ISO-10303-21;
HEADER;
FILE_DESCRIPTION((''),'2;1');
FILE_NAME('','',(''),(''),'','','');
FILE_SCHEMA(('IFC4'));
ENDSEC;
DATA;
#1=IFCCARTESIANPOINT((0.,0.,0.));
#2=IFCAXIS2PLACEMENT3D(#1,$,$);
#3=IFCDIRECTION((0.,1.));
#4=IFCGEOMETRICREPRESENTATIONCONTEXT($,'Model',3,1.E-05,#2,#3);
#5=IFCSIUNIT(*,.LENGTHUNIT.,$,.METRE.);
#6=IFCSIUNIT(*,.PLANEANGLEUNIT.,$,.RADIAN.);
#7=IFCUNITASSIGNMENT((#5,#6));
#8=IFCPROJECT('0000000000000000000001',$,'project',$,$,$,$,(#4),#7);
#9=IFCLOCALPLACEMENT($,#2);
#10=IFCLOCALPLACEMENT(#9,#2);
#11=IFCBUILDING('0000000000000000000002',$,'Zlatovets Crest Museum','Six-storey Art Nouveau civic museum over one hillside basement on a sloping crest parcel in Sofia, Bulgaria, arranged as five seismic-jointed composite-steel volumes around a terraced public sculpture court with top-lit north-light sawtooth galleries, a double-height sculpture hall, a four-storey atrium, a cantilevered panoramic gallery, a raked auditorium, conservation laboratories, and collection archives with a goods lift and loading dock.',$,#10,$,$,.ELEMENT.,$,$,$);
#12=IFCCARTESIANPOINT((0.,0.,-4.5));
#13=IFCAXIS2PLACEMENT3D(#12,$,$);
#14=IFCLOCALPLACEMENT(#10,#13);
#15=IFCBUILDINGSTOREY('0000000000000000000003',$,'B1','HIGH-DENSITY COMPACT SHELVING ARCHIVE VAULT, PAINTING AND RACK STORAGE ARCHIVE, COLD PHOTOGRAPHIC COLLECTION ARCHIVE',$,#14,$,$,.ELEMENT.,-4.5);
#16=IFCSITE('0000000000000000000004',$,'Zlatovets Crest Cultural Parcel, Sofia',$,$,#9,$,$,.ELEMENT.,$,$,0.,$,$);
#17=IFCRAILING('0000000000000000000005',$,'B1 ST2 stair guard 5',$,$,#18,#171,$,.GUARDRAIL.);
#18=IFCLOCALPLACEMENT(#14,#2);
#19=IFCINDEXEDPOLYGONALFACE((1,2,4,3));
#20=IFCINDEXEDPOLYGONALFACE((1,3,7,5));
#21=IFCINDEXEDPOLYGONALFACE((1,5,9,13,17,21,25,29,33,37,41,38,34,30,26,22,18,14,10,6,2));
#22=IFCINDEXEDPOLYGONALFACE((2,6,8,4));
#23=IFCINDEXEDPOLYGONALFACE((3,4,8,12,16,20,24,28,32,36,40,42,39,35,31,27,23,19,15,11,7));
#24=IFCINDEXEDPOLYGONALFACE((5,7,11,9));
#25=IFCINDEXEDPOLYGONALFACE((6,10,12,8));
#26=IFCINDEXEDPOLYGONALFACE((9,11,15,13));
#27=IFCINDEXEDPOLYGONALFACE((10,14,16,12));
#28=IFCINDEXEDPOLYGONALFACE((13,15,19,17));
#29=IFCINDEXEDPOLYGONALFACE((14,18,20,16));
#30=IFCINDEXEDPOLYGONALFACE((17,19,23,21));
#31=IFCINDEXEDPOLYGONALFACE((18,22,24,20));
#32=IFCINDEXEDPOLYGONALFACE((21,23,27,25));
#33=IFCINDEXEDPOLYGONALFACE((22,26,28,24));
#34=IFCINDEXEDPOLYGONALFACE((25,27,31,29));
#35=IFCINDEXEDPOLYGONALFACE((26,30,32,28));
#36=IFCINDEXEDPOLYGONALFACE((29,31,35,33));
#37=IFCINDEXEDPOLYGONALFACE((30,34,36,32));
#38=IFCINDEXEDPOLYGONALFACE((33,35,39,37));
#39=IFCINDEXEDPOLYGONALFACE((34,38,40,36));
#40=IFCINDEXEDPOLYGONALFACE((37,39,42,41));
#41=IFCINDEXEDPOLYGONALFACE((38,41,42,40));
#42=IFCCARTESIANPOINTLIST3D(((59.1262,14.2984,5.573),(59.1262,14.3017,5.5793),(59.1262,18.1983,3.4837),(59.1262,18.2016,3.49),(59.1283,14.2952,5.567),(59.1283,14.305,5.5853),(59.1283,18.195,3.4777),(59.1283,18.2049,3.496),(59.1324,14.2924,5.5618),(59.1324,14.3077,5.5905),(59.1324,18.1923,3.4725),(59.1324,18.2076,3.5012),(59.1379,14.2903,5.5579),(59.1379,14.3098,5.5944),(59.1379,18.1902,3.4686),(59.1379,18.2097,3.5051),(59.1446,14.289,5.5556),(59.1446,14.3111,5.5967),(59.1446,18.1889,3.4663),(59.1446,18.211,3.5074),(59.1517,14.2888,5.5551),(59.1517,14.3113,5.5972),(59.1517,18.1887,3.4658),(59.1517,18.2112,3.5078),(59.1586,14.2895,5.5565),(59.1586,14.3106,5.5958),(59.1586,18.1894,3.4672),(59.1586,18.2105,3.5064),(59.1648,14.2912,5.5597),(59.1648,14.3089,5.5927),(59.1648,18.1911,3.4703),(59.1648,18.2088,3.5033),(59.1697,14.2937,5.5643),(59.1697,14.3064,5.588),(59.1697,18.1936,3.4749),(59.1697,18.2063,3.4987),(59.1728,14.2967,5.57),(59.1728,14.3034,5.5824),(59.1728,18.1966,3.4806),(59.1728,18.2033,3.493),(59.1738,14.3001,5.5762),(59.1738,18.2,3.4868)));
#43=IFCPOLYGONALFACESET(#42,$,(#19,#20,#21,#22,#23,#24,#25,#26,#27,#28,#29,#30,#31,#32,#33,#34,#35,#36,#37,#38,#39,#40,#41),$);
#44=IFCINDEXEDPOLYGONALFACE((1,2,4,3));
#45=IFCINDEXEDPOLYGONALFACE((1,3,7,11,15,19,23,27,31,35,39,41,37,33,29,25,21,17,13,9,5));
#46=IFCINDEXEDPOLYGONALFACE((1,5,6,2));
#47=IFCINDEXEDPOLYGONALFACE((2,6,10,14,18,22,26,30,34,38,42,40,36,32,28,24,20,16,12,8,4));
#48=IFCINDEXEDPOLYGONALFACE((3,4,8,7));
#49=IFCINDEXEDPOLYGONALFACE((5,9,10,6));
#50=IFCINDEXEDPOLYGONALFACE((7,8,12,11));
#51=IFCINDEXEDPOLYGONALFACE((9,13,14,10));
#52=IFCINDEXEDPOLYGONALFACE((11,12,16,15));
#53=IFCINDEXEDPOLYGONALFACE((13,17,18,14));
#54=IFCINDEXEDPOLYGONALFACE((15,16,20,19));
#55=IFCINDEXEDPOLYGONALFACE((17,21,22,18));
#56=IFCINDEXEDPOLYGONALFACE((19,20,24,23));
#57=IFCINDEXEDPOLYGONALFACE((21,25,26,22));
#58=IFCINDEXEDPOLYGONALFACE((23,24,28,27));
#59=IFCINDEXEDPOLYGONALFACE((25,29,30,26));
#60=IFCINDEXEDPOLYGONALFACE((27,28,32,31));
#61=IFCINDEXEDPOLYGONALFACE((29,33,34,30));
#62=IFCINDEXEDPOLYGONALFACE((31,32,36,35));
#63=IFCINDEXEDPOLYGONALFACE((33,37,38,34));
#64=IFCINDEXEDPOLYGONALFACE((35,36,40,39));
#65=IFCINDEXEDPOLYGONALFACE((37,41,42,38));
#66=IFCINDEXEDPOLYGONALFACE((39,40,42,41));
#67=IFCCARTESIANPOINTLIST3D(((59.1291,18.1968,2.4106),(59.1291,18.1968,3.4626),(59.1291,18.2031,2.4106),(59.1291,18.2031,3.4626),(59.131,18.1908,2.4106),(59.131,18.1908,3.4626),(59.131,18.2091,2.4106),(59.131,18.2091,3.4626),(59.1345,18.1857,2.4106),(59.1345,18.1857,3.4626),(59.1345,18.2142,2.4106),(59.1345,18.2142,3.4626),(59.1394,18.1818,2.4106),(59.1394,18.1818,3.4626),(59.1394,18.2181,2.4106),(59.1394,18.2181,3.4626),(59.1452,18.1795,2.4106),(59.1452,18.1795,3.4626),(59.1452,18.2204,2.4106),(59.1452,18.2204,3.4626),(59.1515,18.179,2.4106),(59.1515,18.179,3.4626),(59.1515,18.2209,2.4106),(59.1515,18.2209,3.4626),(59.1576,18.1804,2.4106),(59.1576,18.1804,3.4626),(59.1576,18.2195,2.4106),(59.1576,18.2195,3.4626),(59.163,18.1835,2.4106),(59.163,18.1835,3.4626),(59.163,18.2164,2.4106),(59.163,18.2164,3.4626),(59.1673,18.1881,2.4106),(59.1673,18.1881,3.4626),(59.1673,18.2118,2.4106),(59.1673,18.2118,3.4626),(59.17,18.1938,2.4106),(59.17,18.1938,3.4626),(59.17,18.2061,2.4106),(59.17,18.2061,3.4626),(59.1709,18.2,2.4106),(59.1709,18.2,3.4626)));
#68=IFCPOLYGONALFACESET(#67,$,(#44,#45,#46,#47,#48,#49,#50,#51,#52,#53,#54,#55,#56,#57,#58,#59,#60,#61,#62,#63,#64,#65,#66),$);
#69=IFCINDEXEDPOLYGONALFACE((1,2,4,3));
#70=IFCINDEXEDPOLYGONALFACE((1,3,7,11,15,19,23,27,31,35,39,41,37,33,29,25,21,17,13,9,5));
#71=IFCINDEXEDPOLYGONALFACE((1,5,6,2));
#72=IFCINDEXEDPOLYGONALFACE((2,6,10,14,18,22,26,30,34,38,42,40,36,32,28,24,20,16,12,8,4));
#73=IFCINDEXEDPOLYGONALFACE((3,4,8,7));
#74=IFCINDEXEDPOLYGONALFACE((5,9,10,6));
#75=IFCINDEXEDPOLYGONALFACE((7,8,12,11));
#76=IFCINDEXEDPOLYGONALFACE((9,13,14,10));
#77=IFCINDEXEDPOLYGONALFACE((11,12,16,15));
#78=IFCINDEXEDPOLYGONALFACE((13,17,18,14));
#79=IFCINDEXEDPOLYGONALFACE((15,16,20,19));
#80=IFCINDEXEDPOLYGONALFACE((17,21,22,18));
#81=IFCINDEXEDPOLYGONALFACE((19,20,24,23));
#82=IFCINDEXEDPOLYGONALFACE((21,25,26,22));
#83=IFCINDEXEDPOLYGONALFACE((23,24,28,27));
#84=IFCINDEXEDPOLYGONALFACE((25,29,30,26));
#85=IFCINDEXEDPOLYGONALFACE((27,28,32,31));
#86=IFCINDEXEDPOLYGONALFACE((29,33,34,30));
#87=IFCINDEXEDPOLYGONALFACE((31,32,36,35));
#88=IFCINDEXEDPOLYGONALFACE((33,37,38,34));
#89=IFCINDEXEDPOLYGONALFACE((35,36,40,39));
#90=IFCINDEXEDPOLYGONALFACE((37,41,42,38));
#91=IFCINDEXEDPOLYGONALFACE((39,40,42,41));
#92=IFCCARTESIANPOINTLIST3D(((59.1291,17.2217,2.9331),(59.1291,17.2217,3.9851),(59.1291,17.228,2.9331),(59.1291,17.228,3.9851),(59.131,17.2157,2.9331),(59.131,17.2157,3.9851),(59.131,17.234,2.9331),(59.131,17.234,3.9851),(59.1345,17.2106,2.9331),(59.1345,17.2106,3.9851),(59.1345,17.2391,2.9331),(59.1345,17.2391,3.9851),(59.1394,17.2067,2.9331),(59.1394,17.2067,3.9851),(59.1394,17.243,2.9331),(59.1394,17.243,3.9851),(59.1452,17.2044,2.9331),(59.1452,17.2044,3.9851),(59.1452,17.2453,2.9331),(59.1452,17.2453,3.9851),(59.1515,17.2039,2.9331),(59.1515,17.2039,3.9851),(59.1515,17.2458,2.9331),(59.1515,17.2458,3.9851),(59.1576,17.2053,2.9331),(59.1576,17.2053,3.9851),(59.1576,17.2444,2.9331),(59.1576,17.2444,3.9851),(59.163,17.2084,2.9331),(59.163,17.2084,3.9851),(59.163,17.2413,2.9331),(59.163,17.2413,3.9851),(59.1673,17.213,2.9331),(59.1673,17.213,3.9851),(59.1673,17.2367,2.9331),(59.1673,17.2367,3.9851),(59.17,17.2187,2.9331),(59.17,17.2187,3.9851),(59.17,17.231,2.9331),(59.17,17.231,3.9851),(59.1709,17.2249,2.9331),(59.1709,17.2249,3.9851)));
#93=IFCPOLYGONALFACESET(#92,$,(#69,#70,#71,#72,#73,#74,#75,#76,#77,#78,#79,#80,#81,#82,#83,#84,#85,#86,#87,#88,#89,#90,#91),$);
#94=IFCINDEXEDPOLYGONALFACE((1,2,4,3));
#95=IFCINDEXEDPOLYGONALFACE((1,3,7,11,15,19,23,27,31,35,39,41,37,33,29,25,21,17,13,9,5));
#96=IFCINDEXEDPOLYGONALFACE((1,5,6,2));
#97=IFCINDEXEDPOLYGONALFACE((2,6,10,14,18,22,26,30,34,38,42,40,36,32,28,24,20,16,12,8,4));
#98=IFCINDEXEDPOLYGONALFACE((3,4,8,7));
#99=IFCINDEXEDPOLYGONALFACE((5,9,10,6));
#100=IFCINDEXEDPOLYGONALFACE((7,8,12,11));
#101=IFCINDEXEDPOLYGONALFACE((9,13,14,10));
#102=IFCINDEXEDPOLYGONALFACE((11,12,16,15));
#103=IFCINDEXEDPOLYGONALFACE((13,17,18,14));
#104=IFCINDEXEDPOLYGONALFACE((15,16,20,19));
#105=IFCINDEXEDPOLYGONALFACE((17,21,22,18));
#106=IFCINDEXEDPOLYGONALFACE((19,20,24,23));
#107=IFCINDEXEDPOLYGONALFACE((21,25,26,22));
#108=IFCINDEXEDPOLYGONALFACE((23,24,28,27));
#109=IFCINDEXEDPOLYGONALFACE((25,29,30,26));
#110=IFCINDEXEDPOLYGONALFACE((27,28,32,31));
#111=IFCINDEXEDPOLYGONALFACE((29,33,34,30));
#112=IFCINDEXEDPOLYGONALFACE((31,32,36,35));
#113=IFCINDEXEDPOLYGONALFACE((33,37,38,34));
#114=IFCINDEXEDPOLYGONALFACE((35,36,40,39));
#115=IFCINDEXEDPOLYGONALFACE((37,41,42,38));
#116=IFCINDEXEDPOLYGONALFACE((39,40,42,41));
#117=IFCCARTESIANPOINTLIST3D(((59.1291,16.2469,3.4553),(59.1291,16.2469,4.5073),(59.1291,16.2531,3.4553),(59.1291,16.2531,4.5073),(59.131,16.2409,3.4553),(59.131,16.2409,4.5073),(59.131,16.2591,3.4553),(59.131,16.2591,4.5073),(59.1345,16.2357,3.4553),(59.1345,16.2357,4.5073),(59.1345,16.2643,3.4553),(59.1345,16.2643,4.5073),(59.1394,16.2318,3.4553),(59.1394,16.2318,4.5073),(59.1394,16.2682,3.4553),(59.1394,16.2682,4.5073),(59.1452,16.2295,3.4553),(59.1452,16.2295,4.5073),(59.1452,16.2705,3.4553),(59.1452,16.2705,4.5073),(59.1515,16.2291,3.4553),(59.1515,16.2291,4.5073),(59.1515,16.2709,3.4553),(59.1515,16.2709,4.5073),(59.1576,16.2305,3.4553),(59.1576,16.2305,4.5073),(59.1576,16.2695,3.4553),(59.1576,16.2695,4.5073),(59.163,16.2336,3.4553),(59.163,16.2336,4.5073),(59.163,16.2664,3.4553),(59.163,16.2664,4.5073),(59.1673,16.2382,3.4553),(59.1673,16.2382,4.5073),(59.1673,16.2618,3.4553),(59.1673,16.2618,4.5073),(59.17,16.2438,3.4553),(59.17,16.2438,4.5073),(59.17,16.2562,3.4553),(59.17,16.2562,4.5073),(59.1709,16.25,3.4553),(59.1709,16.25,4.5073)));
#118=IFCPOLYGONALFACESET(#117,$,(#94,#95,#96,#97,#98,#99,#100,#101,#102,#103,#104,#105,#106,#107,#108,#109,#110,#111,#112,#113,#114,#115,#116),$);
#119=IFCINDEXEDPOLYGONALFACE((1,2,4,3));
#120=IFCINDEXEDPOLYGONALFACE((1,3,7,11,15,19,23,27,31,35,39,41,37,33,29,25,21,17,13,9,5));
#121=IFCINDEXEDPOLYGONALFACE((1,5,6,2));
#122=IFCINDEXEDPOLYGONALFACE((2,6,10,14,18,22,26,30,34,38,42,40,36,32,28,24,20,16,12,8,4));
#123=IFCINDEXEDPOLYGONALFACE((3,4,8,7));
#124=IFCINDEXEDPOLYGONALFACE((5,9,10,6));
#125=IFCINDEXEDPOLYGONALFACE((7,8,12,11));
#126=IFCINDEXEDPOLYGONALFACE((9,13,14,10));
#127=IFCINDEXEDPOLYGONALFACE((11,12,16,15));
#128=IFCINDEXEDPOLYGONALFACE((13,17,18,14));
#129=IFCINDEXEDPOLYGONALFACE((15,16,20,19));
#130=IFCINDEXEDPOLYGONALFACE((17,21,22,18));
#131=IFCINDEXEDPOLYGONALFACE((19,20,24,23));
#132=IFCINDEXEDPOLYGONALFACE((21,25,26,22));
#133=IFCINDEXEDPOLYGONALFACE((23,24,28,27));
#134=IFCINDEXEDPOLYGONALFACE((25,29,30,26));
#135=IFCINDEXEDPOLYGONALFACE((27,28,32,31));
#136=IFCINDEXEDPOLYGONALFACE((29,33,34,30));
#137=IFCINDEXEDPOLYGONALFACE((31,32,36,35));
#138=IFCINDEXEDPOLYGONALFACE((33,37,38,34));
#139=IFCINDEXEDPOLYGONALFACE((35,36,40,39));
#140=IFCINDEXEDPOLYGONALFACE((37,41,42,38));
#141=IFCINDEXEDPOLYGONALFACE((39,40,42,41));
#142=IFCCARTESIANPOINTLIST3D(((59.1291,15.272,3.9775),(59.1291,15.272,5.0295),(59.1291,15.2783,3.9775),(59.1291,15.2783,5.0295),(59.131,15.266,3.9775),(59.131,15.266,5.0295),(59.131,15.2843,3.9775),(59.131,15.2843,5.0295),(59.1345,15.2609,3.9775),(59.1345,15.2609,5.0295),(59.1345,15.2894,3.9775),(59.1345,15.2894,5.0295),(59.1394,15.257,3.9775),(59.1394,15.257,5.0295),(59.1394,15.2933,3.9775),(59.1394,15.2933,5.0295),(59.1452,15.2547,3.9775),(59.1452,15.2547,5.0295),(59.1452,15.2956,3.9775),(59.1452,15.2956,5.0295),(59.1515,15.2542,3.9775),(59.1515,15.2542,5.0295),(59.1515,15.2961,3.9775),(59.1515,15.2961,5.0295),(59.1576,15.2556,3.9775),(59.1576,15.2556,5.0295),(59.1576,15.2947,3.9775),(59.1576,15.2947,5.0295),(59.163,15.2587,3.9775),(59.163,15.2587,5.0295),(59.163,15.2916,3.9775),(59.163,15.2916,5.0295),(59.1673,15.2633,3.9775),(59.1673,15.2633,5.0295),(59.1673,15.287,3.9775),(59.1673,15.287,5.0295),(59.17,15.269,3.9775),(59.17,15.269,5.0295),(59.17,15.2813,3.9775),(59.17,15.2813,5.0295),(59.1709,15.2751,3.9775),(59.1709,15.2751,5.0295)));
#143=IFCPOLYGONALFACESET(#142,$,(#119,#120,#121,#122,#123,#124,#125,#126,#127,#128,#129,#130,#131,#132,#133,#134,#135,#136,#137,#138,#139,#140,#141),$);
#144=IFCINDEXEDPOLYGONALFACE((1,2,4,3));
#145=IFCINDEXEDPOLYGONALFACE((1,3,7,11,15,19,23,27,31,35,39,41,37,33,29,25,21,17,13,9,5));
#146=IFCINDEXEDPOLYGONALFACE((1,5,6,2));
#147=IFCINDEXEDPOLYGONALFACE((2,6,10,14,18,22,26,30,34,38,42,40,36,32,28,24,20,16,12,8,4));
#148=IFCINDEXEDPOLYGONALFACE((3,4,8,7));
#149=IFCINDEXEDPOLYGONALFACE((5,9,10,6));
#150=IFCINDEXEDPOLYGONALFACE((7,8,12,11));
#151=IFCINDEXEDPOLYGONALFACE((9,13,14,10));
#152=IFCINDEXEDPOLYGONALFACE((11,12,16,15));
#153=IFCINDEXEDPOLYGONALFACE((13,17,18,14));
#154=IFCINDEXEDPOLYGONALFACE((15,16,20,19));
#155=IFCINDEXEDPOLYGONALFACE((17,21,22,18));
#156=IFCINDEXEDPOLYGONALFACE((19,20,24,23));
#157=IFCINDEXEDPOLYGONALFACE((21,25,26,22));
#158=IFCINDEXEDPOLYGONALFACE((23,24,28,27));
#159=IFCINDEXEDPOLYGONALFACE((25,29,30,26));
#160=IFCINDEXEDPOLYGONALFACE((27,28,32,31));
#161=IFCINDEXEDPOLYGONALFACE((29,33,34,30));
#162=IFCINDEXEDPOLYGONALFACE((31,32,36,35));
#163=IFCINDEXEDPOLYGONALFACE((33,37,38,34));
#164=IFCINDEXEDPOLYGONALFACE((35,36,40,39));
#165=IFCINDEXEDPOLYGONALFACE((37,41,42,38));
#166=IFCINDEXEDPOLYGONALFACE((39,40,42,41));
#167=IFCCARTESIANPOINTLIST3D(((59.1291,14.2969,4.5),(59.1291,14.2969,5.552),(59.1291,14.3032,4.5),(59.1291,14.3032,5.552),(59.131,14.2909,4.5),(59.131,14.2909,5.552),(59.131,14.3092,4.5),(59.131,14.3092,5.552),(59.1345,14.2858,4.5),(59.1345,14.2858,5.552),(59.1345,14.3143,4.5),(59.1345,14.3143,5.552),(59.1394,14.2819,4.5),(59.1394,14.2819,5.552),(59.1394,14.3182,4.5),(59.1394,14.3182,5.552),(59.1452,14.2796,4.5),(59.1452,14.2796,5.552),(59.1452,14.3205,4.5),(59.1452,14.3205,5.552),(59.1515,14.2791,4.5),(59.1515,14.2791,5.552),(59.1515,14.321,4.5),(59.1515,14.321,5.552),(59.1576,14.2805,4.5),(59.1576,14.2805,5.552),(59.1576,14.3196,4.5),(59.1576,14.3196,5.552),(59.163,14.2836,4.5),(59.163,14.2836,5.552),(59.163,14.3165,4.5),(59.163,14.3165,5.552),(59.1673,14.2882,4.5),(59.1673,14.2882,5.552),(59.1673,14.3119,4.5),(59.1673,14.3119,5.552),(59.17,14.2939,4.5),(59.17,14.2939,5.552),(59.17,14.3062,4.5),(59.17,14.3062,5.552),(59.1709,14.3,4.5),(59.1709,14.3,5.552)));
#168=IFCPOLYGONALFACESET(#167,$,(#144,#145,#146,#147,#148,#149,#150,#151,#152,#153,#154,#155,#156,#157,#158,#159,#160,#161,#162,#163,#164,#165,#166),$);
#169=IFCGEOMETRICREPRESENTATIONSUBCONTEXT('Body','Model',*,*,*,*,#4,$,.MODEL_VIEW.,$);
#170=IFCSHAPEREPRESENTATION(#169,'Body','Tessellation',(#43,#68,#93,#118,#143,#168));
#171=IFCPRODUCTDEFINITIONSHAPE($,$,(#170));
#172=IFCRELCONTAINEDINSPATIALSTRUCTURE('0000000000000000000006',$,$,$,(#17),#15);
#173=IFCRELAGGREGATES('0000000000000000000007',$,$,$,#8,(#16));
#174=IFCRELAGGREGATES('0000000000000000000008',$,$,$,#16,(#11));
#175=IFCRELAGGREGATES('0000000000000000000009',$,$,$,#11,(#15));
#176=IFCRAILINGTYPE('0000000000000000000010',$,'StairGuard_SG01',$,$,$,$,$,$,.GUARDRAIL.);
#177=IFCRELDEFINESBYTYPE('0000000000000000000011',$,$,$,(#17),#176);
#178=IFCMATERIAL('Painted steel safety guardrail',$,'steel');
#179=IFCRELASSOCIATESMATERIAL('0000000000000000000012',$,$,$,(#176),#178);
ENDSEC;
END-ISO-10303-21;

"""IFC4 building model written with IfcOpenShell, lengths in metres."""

from ifc_helpers import new_model, si_unit, direction, frame, origin, origin_2d, place, context, subcontext, project, spatial, circle, extrude, material, type_object, element, save


model = new_model("IFC4")

# Units and contexts
model_context = context("Model", 3, precision=1e-05, world=origin(), true_north=direction((0.0, 1.0)))
body_context = subcontext(model_context, "Body", "Model", "MODEL_VIEW")
ifc_project = project(units=[si_unit("LENGTHUNIT", "METRE"), si_unit("PLANEANGLEUNIT", "RADIAN")], contexts=[model_context])

# Site, building, storey
site_placement = place(None, origin())
site = spatial("IfcSite", under=ifc_project, at=site_placement, Name="Zlatovets Crest Cultural Parcel, Sofia", CompositionType="ELEMENT", RefElevation=0.0)
building_placement = place(site_placement, origin())
building = spatial("IfcBuilding", under=site, at=building_placement, Name="Zlatovets Crest Museum", Description="Six-storey Art Nouveau civic museum over one hillside basement on a sloping crest parcel in Sofia, Bulgaria, arranged as five seismic-jointed composite-steel volumes around a terraced public sculpture court with top-lit north-light sawtooth galleries, a double-height sculpture hall, a four-storey atrium, a cantilevered panoramic gallery, a raked auditorium, conservation laboratories, and collection archives with a goods lift and loading dock.", CompositionType="ELEMENT")
storey_placement = place(building_placement, frame((0.0, 0.0, -4.5)))
storey = spatial("IfcBuildingStorey", under=building, at=storey_placement, Name="B1", Description="HIGH-DENSITY COMPACT SHELVING ARCHIVE VAULT, PAINTING AND RACK STORAGE ARCHIVE, COLD PHOTOGRAPHIC COLLECTION ARCHIVE", CompositionType="ELEMENT", Elevation=-4.5)

# Railing
ifc_material_1 = material(Name="Painted steel safety guardrail", Category="steel")
railing_type = type_object("IfcRailingType", Name="StairGuard_SG01", PredefinedType="GUARDRAIL", material=ifc_material_1)
railing_1_placement = place(storey_placement, frame((59.1499, 18.2, 2.4106)))
element("IfcRailing", 1, at=railing_1_placement, inside=storey, type_object=railing_type, Name="B1 ST2 stair guard 5", PredefinedType="GUARDRAIL", context=body_context, shape_type="SweptSolid", body=[
    extrude(circle(Radius=0.0239, at=origin_2d()), frame((0.0, 0.0, 1.0762), z_axis=(0.0, -0.881468, 0.472243), x_axis=(1.0, 0.0, 0.0)), (0.0, 0.0, 1.0), 4.4243),
    extrude(circle(Radius=0.021, at=origin_2d()), origin(), (0.0, 0.0, 1.0), 1.052),
    extrude(circle(Radius=0.021, at=origin_2d()), frame((0.0, -0.9751, 0.5225)), (0.0, 0.0, 1.0), 1.052),
    extrude(circle(Radius=0.021, at=origin_2d()), frame((0.0, -1.95, 1.0447)), (0.0, 0.0, 1.0), 1.052),
    extrude(circle(Radius=0.021, at=origin_2d()), frame((0.0, -2.9248, 1.5669)), (0.0, 0.0, 1.0), 1.052),
    extrude(circle(Radius=0.021, at=origin_2d()), frame((0.0, -3.8999, 2.0894)), (0.0, 0.0, 1.0), 1.052),
])

save(model, "model.ifc")
